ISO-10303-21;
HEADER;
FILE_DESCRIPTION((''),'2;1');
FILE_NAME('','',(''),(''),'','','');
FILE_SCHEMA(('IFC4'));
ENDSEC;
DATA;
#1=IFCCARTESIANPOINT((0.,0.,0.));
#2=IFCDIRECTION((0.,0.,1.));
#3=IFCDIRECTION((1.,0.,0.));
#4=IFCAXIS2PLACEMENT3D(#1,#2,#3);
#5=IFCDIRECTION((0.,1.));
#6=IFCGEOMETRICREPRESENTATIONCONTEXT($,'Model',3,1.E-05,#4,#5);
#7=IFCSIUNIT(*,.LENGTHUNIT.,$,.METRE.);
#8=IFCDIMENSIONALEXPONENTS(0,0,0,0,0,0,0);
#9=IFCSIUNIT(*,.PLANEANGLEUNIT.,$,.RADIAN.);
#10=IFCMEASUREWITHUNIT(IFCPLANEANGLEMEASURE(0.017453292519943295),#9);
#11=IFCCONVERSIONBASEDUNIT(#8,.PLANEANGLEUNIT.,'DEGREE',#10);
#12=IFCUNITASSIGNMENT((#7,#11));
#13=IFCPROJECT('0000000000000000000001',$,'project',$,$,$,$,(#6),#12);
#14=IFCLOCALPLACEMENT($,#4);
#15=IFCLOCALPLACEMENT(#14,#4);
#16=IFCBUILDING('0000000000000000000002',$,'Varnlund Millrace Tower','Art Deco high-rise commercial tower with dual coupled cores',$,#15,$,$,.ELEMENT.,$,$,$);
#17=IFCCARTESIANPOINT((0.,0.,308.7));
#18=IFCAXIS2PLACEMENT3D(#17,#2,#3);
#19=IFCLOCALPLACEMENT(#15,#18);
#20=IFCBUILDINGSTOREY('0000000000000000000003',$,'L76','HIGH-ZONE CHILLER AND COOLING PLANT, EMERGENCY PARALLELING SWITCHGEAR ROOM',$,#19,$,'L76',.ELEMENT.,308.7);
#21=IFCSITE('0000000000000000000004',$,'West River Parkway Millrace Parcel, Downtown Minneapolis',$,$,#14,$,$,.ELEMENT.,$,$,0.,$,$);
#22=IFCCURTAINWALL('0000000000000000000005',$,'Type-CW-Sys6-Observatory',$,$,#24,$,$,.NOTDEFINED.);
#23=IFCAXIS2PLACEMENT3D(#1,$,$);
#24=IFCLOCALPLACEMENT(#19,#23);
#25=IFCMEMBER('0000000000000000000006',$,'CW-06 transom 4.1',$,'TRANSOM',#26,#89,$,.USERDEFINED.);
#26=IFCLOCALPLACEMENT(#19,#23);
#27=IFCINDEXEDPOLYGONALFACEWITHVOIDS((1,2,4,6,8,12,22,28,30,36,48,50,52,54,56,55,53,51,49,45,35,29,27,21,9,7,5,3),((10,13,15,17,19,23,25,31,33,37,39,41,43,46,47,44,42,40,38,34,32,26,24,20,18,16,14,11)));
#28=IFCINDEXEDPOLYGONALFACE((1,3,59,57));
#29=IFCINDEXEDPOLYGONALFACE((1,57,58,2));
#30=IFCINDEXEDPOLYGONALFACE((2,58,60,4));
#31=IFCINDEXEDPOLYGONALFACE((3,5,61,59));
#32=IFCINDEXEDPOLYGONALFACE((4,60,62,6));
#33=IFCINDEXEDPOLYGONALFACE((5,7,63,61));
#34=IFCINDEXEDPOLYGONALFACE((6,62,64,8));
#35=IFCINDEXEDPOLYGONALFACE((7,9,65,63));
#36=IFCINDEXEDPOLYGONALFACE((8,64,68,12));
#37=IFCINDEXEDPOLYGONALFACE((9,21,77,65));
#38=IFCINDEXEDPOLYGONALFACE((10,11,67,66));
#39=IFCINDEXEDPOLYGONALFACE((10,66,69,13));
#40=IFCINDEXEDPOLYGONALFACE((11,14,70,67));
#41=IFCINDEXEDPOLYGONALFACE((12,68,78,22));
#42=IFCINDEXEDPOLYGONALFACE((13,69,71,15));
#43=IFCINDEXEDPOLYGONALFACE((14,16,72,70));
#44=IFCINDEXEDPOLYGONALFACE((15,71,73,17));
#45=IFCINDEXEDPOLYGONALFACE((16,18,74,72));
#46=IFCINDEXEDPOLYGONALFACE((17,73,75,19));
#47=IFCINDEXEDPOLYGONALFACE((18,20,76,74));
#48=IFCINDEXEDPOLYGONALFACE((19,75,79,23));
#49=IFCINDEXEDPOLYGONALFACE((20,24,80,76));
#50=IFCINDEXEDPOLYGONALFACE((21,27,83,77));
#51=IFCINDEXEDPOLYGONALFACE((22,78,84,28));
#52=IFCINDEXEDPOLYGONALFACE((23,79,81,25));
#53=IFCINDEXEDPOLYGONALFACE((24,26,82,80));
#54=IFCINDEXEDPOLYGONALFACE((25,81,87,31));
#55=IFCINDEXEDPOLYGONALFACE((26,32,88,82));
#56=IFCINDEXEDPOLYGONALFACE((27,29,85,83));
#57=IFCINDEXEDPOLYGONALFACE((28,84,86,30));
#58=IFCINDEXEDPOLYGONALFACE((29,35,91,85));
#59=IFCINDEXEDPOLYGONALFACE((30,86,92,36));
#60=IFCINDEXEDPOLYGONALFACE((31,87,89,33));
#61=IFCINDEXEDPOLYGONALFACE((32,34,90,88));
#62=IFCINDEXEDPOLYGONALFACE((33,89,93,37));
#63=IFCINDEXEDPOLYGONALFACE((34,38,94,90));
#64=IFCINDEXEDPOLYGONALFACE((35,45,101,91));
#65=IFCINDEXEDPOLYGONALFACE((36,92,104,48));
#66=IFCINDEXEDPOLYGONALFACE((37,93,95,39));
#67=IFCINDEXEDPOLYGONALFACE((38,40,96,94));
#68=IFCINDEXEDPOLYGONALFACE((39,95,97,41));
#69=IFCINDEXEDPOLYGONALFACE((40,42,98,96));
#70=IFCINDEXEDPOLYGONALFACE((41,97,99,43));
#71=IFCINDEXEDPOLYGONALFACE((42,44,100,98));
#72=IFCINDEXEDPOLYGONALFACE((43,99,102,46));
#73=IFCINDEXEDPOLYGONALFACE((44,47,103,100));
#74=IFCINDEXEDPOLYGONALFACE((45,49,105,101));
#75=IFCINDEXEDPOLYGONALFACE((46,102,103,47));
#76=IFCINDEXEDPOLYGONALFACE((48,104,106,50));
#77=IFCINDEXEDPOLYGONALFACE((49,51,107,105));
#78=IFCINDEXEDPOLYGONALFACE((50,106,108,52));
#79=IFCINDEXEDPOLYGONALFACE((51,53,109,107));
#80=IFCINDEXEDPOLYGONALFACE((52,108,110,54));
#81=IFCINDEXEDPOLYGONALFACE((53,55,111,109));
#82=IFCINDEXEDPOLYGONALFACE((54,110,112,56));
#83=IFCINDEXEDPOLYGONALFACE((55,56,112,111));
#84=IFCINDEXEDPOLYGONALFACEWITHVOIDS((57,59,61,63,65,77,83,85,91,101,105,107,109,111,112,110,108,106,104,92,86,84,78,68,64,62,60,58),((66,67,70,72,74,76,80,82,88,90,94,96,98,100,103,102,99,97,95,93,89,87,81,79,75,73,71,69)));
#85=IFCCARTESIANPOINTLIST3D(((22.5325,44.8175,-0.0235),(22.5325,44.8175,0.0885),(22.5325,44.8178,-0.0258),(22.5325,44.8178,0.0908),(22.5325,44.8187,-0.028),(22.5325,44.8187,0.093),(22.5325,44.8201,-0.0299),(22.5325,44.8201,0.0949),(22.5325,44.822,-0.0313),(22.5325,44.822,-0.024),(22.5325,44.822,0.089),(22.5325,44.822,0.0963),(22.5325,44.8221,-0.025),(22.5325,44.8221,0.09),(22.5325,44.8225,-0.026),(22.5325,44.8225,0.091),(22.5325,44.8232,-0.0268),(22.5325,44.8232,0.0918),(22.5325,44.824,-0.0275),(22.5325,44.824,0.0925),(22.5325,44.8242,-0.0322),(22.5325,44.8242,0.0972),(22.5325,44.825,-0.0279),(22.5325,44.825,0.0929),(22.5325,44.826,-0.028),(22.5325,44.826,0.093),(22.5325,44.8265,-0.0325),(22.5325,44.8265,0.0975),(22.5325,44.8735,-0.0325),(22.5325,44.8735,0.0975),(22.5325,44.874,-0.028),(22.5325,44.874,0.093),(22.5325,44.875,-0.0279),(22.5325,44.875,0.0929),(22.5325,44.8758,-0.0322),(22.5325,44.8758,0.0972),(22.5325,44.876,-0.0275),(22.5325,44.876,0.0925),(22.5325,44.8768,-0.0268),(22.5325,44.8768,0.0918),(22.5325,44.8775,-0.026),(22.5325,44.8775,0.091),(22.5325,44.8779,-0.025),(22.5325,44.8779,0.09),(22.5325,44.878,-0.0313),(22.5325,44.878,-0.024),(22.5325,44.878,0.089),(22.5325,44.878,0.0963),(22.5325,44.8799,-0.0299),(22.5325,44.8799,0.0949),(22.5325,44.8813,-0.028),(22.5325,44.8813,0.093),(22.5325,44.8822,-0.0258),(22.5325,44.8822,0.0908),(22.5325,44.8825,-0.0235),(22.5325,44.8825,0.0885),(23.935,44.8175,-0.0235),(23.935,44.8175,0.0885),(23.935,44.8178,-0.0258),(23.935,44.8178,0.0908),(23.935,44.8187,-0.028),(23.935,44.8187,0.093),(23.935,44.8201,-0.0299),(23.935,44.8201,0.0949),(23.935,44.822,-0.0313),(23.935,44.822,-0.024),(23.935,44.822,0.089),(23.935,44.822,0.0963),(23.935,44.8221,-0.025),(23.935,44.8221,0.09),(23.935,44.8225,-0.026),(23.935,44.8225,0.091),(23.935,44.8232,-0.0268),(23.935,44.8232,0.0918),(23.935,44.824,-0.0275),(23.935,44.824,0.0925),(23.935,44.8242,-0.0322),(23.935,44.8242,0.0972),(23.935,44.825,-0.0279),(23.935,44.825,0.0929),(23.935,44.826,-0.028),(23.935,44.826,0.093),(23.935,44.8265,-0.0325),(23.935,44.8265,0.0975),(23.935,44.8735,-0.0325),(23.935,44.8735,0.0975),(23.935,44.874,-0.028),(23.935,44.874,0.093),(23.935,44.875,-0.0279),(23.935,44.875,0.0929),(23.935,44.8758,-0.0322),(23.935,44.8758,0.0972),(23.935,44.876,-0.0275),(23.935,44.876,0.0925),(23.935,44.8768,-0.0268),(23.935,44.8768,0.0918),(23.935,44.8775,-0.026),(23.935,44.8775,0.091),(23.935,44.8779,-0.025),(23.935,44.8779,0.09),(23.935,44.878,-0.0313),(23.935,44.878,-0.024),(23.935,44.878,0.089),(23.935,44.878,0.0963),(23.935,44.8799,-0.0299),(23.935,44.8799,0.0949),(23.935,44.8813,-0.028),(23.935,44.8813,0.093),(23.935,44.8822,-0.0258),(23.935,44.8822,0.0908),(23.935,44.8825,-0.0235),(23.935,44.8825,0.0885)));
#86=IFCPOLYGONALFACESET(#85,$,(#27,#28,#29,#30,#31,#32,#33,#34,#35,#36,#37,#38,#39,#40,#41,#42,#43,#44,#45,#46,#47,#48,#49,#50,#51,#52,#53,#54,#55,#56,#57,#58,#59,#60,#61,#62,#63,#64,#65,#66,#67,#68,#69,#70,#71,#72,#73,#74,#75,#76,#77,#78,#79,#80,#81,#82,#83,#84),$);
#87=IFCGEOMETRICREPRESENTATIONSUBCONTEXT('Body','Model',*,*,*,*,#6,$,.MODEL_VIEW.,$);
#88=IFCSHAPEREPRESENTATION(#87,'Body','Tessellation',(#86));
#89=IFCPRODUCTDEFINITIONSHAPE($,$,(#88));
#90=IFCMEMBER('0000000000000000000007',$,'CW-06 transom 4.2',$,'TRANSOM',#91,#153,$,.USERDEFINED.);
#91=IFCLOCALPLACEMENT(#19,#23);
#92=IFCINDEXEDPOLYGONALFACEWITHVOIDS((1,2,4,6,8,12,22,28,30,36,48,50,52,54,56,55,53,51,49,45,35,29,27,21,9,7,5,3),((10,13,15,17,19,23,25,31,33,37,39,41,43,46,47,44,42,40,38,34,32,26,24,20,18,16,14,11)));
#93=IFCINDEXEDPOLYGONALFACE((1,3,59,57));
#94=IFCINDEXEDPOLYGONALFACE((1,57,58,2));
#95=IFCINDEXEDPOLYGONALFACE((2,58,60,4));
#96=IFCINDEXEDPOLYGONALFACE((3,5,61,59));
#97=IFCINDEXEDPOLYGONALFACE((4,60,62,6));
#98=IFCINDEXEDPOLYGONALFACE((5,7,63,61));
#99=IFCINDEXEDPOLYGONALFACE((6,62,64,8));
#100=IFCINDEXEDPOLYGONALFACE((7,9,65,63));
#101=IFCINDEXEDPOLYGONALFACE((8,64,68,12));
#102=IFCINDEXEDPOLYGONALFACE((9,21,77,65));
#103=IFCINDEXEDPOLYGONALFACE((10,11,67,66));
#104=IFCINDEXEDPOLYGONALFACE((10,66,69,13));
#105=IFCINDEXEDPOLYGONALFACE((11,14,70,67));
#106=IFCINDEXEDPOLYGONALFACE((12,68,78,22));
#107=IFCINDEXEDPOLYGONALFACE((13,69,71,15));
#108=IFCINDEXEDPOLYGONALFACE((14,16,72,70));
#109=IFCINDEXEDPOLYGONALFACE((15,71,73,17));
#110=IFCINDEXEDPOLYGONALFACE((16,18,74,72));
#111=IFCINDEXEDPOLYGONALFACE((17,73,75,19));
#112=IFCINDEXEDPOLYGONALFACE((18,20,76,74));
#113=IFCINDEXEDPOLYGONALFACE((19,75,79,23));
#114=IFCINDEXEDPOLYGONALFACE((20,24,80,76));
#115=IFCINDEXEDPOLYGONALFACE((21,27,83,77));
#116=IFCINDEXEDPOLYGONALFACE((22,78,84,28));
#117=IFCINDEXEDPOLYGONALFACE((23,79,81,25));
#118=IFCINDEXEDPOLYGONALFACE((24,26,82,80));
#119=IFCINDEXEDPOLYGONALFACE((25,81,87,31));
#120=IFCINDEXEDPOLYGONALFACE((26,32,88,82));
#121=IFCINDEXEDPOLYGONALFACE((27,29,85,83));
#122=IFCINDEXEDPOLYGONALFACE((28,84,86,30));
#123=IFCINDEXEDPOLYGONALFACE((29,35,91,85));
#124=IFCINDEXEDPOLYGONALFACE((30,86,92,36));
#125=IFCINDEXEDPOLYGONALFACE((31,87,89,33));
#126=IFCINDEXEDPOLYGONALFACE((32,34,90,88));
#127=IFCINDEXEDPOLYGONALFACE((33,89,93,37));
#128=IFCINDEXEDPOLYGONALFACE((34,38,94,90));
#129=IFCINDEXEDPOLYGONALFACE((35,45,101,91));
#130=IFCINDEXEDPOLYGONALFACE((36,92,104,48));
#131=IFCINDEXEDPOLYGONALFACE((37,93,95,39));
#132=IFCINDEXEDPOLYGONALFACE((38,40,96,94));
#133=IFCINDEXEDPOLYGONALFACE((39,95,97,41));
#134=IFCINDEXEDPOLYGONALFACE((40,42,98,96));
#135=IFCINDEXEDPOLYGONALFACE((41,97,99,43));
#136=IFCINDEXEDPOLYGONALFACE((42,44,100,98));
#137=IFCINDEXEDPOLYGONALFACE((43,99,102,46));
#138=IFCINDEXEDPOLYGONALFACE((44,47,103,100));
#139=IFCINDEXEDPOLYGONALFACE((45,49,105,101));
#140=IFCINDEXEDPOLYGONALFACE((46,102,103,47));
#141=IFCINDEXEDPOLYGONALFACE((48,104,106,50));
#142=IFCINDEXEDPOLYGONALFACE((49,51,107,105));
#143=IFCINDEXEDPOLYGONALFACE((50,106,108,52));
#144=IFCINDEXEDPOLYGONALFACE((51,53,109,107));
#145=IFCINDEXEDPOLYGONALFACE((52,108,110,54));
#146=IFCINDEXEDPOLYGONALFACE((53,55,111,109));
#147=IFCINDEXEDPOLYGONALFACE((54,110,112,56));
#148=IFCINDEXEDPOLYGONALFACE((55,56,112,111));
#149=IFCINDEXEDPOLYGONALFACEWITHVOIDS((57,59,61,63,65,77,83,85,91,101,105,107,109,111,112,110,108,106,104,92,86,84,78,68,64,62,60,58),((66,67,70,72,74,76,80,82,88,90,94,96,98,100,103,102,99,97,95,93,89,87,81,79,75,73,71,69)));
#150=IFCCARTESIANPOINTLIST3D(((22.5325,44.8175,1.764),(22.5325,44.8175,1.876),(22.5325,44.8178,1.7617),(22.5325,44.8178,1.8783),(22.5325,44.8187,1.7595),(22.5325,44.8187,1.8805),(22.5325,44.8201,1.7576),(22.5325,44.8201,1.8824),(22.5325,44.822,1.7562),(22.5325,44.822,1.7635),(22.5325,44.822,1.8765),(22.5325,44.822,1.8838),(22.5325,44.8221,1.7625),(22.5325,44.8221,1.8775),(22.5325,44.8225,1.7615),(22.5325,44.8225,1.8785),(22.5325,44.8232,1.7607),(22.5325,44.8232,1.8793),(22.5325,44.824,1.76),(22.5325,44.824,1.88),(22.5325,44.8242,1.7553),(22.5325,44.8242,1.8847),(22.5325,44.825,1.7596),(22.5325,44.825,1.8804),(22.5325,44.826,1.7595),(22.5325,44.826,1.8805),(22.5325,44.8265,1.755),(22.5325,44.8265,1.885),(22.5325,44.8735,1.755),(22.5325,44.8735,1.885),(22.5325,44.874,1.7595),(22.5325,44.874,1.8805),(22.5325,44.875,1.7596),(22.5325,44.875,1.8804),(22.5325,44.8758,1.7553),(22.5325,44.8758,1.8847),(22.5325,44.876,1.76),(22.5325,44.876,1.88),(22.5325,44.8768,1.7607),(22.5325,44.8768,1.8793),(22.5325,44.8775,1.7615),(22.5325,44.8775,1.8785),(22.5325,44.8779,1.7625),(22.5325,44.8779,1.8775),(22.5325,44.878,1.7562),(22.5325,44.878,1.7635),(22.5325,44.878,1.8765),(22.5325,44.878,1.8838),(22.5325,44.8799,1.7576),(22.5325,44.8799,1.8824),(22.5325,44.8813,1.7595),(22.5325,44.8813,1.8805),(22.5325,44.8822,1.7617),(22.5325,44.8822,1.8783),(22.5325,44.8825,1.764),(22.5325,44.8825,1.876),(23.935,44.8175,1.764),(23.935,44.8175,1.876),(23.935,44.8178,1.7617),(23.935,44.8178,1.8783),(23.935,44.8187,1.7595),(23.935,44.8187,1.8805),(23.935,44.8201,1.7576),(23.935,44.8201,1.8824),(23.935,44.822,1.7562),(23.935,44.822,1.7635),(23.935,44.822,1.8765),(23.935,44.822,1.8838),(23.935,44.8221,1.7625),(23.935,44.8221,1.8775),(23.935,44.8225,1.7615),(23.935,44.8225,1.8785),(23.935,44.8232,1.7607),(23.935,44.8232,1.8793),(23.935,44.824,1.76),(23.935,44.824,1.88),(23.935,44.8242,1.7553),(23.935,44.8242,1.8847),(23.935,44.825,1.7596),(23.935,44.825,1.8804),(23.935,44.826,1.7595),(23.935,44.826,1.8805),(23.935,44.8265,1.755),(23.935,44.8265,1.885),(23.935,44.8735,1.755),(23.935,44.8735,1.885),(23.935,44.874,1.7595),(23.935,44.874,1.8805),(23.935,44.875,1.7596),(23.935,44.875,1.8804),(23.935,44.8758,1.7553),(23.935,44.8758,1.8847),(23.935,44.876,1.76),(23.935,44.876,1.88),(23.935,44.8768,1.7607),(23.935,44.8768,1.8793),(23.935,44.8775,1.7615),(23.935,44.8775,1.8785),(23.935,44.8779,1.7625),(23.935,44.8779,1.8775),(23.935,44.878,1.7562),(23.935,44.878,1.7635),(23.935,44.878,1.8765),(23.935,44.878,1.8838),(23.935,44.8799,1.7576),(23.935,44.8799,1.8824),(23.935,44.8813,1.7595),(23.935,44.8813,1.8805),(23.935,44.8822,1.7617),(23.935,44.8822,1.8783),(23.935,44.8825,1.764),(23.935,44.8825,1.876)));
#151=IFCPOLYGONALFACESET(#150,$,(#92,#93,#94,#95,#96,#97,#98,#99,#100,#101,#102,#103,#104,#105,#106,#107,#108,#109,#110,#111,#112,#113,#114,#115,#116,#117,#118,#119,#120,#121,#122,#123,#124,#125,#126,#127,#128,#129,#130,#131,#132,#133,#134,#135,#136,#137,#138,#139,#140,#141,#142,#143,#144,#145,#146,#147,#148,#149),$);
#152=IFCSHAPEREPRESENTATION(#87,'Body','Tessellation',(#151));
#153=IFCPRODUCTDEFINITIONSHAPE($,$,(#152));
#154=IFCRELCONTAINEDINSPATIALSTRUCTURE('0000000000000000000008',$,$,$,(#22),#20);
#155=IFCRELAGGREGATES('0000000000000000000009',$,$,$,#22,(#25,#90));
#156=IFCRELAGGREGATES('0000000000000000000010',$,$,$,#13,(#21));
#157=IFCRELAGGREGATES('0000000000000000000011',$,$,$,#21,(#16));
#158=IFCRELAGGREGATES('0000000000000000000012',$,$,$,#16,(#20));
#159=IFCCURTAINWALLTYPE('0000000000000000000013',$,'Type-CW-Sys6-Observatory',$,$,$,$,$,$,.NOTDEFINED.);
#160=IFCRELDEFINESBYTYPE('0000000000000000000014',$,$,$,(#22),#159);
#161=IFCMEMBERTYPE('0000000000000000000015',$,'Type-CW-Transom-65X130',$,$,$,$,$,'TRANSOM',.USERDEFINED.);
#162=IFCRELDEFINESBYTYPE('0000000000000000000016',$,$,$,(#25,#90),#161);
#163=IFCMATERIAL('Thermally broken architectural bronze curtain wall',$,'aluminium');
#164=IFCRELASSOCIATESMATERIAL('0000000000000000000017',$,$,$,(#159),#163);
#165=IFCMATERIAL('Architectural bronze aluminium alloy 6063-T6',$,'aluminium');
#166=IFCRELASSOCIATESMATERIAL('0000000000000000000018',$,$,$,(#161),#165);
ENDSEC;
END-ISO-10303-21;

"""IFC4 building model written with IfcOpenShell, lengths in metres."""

from ifc_helpers import new_model, entity, si_unit, converted_unit, direction, frame, origin_with_axes, origin_2d_with_axis, place, context, subcontext, project, spatial, hollow_rectangle, extrude, material, material_profile, profile_set, type_object, element, aggregate, save


model = new_model("IFC4")

# Units and contexts
model_context = context("Model", 3, precision=1e-05, world=origin_with_axes(), true_north=direction((0.0, 1.0)))
body_context = subcontext(model_context, "Body", "Model", "MODEL_VIEW")
ifc_project = project(units=[si_unit("LENGTHUNIT", "METRE"), converted_unit("PLANEANGLEUNIT", "DEGREE", entity("IfcPlaneAngleMeasure", 0.017453292519943295), si_unit("PLANEANGLEUNIT", "RADIAN"), dimensions=[0, 0, 0, 0, 0, 0, 0])], contexts=[model_context])

# Site, building, storey
site_placement = place(None, origin_with_axes())
site = spatial("IfcSite", under=ifc_project, at=site_placement, Name="West River Parkway Millrace Parcel, Downtown Minneapolis", CompositionType="ELEMENT", RefElevation=0.0)
building_placement = place(site_placement, origin_with_axes())
building = spatial("IfcBuilding", under=site, at=building_placement, Name="Varnlund Millrace Tower", Description="Art Deco high-rise commercial tower with dual coupled cores", CompositionType="ELEMENT")
storey_placement = place(building_placement, frame((0.0, 0.0, 308.7), z_axis=(0.0, 0.0, 1.0), x_axis=(1.0, 0.0, 0.0)))
storey = spatial("IfcBuildingStorey", under=building, at=storey_placement, Name="L76", Description="HIGH-ZONE CHILLER AND COOLING PLANT, EMERGENCY PARALLELING SWITCHGEAR ROOM", LongName="L76", CompositionType="ELEMENT", Elevation=308.7)

# Curtain wall, members
ifc_material_1 = material(Name="Thermally broken architectural bronze curtain wall", Category="aluminium")
curtain_wall_type = type_object("IfcCurtainWallType", Name="Type-CW-Sys6-Observatory", PredefinedType="NOTDEFINED", material=ifc_material_1)
ifc_material_2 = material(Name="Architectural bronze aluminium alloy 6063-T6", Category="aluminium")
ifc_material_profile_1 = material_profile(ifc_material_2, hollow_rectangle(XDim=0.065, YDim=0.13, WallThickness=0.0045, InnerFilletRadius=0.004, OuterFilletRadius=0.009, at=origin_2d_with_axis()), Name="Architectural bronze aluminium alloy 6063-T6")
ifc_profile_set_1 = profile_set([ifc_material_profile_1], Name="Architectural bronze aluminium alloy 6063-T6")
member_type = type_object("IfcMemberType", Name="Type-CW-Transom-65X130", ElementType="TRANSOM", PredefinedType="USERDEFINED", material=ifc_profile_set_1)
curtain_wall_1_placement = place(storey_placement, frame((18.0, 44.85, 0.0), z_axis=(0.0, 0.0, 1.0), x_axis=(1.0, 0.0, 0.0)))
curtain_wall_1 = element("IfcCurtainWall", 1, at=curtain_wall_1_placement, inside=storey, type_object=curtain_wall_type, Name="Type-CW-Sys6-Observatory", PredefinedType="NOTDEFINED")
member_1_placement = place(storey_placement, frame((22.5325, 44.85, 0.0325), z_axis=(1.0, 0.0, 0.0), x_axis=(0.0, 1.0, 0.0)))
member_1 = element("IfcMember", 2, at=member_1_placement, type_object=member_type, Name="CW-06 transom 4.1", ObjectType="TRANSOM", PredefinedType="USERDEFINED", context=body_context, shape_type="SweptSolid", body=[
    extrude(hollow_rectangle(XDim=0.065, YDim=0.13, WallThickness=0.0045, InnerFilletRadius=0.004, OuterFilletRadius=0.009, at=origin_2d_with_axis()), origin_with_axes(), (0.0, 0.0, 1.0), 1.4025),
])
member_2_placement = place(storey_placement, frame((22.5325, 44.85, 1.82), z_axis=(1.0, 0.0, 0.0), x_axis=(0.0, 1.0, 0.0)))
member_2 = element("IfcMember", 3, at=member_2_placement, type_object=member_type, Name="CW-06 transom 4.2", ObjectType="TRANSOM", PredefinedType="USERDEFINED", context=body_context, shape_type="SweptSolid", body=[
    extrude(hollow_rectangle(XDim=0.065, YDim=0.13, WallThickness=0.0045, InnerFilletRadius=0.004, OuterFilletRadius=0.009, at=origin_2d_with_axis()), origin_with_axes(), (0.0, 0.0, 1.0), 1.4025),
])

aggregate(curtain_wall_1, [member_1, member_2])

save(model, "model.ifc")
